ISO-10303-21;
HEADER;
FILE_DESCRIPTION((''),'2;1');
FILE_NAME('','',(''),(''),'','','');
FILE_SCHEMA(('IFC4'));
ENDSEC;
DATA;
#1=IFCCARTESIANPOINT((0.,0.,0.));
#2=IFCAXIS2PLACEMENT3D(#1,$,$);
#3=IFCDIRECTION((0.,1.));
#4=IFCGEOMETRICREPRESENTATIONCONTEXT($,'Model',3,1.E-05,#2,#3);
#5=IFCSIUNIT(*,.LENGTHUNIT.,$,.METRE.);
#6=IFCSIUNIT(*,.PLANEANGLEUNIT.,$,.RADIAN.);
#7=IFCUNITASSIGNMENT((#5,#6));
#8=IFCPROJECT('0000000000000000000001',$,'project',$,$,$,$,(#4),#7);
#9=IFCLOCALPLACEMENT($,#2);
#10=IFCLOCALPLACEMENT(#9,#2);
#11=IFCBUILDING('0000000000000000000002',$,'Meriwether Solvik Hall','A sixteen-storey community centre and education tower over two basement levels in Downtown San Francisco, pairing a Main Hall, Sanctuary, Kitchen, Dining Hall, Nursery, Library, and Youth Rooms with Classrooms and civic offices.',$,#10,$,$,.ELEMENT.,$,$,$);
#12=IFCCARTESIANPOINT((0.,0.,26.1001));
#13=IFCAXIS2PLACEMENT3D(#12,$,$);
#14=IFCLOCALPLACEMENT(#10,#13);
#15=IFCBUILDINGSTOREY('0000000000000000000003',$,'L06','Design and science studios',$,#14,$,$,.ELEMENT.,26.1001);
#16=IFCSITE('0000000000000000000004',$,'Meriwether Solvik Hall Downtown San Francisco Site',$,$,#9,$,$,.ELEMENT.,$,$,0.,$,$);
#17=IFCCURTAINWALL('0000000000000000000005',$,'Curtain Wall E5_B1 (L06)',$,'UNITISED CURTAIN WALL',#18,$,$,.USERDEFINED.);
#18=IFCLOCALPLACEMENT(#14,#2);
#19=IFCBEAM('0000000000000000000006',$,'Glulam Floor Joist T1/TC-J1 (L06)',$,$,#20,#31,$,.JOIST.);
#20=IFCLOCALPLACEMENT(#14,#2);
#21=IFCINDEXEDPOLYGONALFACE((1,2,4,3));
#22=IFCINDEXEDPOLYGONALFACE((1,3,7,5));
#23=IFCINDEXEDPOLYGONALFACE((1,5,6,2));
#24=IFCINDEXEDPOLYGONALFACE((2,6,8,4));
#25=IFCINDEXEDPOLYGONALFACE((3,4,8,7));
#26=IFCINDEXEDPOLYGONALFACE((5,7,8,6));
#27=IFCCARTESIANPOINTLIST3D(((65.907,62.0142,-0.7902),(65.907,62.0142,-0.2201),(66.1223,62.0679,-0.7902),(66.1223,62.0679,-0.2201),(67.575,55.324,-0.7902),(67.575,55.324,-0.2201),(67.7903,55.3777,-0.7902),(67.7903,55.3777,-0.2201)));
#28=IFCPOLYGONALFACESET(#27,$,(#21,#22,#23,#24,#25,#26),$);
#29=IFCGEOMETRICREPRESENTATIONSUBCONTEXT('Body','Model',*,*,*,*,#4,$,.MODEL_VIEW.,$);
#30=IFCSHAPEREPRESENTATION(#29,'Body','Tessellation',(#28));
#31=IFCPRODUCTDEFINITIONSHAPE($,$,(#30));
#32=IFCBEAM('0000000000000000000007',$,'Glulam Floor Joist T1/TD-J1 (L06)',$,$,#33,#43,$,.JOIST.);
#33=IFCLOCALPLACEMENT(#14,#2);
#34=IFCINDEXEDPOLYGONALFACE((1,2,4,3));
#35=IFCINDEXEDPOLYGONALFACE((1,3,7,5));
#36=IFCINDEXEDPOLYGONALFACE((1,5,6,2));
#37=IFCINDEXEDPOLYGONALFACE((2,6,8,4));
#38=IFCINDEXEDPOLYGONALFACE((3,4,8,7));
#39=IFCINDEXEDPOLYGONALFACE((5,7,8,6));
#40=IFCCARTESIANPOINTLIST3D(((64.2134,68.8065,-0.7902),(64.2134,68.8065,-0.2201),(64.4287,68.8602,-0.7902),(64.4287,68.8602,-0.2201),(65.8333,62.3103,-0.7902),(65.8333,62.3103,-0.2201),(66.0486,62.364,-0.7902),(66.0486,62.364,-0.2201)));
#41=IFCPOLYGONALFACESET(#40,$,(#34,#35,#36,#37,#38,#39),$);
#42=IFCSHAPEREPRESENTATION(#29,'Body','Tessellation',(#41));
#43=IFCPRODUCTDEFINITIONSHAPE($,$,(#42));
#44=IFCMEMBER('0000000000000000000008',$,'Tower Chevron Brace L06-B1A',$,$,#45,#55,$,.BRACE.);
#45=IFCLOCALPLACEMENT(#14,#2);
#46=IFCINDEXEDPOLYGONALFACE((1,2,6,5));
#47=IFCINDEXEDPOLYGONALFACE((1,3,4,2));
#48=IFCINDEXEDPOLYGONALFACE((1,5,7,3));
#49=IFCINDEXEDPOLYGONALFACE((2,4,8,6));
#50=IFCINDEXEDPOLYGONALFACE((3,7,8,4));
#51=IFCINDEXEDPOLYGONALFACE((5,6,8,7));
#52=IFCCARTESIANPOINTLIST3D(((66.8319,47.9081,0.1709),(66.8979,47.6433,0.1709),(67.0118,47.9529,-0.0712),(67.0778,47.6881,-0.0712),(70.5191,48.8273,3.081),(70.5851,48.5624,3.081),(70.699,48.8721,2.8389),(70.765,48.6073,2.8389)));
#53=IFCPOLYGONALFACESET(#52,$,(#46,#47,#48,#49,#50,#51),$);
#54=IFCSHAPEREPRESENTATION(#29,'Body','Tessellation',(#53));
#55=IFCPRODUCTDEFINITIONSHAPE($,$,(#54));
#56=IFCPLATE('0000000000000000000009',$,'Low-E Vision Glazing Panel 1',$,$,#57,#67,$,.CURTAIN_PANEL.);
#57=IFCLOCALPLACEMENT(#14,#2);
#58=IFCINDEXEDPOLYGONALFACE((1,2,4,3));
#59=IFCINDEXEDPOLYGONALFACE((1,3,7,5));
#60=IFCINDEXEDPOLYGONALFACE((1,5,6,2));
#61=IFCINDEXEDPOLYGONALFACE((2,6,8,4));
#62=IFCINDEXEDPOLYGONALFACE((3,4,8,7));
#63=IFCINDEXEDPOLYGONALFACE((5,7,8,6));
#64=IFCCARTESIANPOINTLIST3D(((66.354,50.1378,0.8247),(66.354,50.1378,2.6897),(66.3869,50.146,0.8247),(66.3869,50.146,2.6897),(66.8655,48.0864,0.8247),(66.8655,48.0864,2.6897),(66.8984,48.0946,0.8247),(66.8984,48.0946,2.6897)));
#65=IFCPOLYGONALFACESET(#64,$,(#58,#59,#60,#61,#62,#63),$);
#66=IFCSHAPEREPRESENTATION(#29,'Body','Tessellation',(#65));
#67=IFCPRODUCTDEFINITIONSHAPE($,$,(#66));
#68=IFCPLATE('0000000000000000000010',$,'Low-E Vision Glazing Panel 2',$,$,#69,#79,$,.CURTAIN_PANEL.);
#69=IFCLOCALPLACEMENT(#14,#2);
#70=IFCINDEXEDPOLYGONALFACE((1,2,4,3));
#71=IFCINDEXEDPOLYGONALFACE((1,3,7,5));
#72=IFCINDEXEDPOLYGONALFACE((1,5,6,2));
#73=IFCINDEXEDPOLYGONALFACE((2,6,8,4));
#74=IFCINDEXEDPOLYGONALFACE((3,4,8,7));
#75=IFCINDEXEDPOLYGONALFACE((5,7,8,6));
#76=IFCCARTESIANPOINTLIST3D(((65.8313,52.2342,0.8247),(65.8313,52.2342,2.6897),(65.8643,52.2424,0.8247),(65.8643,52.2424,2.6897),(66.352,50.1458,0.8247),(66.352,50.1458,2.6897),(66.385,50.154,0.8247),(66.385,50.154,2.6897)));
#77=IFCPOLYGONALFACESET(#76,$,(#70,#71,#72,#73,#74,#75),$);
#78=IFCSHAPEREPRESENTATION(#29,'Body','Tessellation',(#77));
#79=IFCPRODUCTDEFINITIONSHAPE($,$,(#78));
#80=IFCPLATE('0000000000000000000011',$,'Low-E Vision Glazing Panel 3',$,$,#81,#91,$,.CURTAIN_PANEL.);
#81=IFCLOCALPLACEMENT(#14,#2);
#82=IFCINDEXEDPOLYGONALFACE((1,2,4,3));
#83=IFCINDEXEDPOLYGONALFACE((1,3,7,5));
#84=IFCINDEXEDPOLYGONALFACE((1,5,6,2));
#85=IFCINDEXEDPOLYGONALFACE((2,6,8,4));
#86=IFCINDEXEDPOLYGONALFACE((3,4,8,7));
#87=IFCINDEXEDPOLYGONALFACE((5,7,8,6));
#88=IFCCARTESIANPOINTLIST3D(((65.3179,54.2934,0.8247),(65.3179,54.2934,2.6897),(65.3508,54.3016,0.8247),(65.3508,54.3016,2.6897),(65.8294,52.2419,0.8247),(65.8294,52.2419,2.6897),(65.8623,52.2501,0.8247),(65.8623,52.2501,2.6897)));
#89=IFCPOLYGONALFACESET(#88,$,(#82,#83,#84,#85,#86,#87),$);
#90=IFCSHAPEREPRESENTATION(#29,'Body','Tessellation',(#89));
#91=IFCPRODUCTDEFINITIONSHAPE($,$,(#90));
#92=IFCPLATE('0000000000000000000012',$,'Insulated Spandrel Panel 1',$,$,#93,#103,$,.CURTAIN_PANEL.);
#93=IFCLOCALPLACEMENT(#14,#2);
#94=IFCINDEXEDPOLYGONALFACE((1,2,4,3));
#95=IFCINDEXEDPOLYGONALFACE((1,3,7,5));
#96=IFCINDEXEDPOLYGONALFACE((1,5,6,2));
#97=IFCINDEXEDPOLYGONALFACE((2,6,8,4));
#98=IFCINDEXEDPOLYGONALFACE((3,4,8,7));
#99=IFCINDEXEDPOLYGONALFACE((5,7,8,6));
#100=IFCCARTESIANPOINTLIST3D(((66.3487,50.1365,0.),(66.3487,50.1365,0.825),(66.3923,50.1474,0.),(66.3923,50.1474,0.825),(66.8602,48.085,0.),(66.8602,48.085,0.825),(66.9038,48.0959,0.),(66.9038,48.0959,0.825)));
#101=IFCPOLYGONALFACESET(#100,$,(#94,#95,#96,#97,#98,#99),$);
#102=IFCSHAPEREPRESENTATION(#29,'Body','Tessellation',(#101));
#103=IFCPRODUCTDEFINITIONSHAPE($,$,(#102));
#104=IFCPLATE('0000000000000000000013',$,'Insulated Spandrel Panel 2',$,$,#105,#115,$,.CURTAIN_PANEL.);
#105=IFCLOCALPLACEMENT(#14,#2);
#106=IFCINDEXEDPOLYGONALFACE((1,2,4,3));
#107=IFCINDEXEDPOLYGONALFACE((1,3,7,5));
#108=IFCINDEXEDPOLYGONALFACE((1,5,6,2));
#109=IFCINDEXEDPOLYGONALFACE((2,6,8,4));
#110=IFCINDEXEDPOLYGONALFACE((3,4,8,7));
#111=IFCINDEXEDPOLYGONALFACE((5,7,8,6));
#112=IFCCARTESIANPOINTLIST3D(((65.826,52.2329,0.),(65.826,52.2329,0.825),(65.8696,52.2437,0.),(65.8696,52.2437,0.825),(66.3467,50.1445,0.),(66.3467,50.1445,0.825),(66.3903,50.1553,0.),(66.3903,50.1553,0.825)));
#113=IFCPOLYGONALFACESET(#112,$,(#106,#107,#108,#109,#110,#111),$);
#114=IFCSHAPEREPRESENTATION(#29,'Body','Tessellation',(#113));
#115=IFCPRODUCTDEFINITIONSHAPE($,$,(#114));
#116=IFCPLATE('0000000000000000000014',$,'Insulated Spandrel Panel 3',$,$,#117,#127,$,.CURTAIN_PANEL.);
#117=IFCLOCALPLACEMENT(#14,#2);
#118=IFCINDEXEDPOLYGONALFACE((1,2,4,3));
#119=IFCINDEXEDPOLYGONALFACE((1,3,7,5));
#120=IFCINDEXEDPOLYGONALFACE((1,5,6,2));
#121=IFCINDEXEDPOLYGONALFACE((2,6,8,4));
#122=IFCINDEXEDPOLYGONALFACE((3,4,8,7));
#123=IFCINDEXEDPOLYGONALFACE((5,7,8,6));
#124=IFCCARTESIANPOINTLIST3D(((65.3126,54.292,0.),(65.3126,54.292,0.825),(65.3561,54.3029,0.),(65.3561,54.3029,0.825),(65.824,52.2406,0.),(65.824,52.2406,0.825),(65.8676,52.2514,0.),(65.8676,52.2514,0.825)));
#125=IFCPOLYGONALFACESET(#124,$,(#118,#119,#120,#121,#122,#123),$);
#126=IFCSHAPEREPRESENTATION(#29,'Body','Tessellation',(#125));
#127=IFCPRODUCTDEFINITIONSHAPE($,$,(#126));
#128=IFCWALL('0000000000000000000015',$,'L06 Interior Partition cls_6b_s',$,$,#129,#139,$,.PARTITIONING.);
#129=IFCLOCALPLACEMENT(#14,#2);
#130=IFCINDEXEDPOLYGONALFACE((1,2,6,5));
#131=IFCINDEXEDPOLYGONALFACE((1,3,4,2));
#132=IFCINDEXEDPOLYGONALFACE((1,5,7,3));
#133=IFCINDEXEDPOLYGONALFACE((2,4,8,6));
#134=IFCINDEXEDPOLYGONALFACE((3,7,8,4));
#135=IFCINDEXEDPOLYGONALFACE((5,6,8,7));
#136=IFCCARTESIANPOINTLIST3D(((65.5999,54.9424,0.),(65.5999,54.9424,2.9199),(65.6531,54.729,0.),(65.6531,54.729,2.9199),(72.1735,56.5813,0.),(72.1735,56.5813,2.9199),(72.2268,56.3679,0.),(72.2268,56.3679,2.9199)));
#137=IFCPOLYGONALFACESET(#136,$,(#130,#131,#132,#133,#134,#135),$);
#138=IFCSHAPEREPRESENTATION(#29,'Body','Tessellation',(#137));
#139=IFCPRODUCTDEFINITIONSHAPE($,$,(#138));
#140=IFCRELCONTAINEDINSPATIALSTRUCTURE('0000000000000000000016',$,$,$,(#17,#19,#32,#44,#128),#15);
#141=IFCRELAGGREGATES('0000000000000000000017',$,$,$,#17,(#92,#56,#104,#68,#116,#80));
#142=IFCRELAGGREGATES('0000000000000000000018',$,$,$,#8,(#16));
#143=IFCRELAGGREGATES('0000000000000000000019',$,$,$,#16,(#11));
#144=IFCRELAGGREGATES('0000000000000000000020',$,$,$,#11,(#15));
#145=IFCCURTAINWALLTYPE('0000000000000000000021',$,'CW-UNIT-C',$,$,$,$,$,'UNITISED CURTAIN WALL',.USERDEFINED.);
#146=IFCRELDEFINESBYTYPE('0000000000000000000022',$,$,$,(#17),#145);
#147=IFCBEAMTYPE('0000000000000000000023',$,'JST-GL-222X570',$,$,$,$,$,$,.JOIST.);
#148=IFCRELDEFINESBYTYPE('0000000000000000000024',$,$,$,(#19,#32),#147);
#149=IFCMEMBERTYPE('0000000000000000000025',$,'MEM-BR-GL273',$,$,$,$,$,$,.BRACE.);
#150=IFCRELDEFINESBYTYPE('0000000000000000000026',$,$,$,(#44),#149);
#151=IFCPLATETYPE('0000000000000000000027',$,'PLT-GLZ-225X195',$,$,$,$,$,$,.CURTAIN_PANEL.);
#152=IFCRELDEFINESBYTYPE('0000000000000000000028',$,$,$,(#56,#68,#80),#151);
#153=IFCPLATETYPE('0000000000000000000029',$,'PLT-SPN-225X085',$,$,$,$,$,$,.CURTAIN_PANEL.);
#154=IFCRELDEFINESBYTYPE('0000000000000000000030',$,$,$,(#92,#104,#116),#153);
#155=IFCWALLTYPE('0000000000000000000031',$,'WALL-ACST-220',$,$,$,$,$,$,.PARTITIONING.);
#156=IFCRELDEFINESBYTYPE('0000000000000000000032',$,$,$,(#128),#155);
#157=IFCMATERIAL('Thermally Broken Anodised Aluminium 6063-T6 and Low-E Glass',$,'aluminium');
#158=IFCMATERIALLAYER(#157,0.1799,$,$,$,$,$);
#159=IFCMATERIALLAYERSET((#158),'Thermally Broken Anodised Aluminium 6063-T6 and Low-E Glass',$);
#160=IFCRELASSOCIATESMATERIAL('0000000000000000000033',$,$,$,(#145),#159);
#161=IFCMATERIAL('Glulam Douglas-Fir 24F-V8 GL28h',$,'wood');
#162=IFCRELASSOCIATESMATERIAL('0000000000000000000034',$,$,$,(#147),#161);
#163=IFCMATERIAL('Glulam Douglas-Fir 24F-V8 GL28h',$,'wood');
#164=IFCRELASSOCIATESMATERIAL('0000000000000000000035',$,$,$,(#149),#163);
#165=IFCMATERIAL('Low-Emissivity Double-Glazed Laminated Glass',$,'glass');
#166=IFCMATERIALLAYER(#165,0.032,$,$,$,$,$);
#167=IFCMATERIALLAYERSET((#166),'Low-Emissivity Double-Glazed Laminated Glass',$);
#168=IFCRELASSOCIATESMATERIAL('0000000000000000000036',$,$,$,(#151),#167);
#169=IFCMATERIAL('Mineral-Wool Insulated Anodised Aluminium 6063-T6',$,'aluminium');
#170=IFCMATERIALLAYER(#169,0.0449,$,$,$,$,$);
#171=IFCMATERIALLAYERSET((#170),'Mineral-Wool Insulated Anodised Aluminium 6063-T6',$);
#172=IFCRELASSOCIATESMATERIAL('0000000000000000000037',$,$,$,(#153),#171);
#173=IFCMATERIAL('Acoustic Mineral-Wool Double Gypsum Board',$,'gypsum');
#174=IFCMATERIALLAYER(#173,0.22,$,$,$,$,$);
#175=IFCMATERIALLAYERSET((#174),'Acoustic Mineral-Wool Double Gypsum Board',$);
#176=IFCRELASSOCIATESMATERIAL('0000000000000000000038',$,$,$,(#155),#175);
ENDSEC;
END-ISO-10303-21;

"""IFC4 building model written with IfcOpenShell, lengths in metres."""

from ifc_helpers import new_model, si_unit, direction, frame, frame_2d, origin, origin_2d, place, context, subcontext, project, spatial, rectangle, extrude, material, layer, layer_set, material_profile, profile_set, type_object, element, aggregate, save


model = new_model("IFC4")

# Units and contexts
model_context = context("Model", 3, precision=1e-05, world=origin(), true_north=direction((0.0, 1.0)))
body_context = subcontext(model_context, "Body", "Model", "MODEL_VIEW")
ifc_project = project(units=[si_unit("LENGTHUNIT", "METRE"), si_unit("PLANEANGLEUNIT", "RADIAN")], contexts=[model_context])

# Site, building, storey
site_placement = place(None, origin())
site = spatial("IfcSite", under=ifc_project, at=site_placement, Name="Meriwether Solvik Hall Downtown San Francisco Site", CompositionType="ELEMENT", RefElevation=0.0)
building_placement = place(site_placement, origin())
building = spatial("IfcBuilding", under=site, at=building_placement, Name="Meriwether Solvik Hall", Description="A sixteen-storey community centre and education tower over two basement levels in Downtown San Francisco, pairing a Main Hall, Sanctuary, Kitchen, Dining Hall, Nursery, Library, and Youth Rooms with Classrooms and civic offices.", CompositionType="ELEMENT")
storey_placement = place(building_placement, frame((0.0, 0.0, 26.1001)))
storey = spatial("IfcBuildingStorey", under=building, at=storey_placement, Name="L06", Description="Design and science studios", CompositionType="ELEMENT", Elevation=26.1001)

# Curtain wall
ifc_material_1 = material(Name="Thermally Broken Anodised Aluminium 6063-T6 and Low-E Glass", Category="aluminium")
ifc_layer_1 = layer(ifc_material_1, 0.1799)
ifc_layer_set_1 = layer_set([ifc_layer_1], Name="Thermally Broken Anodised Aluminium 6063-T6 and Low-E Glass")
curtain_wall_type = type_object("IfcCurtainWallType", Name="CW-UNIT-C", ElementType="UNITISED CURTAIN WALL", PredefinedType="USERDEFINED", material=ifc_layer_set_1)
curtain_wall_placement = place(storey_placement, origin())
curtain_wall = element("IfcCurtainWall", 1, at=curtain_wall_placement, inside=storey, type_object=curtain_wall_type, Name="Curtain Wall E5_B1 (L06)", ObjectType="UNITISED CURTAIN WALL", PredefinedType="USERDEFINED")

# Beams
ifc_material_2 = material(Name="Glulam Douglas-Fir 24F-V8 GL28h", Category="wood")
ifc_material_profile_1 = material_profile(ifc_material_2, rectangle(XDim=0.2219, YDim=0.5701, at=origin_2d()), Name="GLJ-222X570")
ifc_profile_set_1 = profile_set([ifc_material_profile_1], Name="Glulam Douglas-Fir 24F-V8 GL28h")
beam_type_1 = type_object("IfcBeamType", Name="JST-GL-222X570", PredefinedType="JOIST", material=ifc_profile_set_1)
beam_1_placement = place(storey_placement, frame((67.6826, 55.3508, -0.5051), z_axis=(-0.241911, 0.970299, 0.0), x_axis=(-0.970299, -0.241911, 0.0)))
element("IfcBeam", 2, at=beam_1_placement, inside=storey, type_object=beam_type_1, Name="Glulam Floor Joist T1/TC-J1 (L06)", PredefinedType="JOIST", context=body_context, shape_type="SweptSolid", body=[
    extrude(rectangle(XDim=0.2219, YDim=0.5701, at=origin_2d()), origin(), (0.0, 0.0, 1.0), 6.895),
])
beam_2_placement = place(storey_placement, frame((65.9409, 62.3372, -0.5051), z_axis=(-0.241952, 0.970288, 0.0), x_axis=(-0.970288, -0.241952, 0.0)))
element("IfcBeam", 3, at=beam_2_placement, inside=storey, type_object=beam_type_1, Name="Glulam Floor Joist T1/TD-J1 (L06)", PredefinedType="JOIST", context=body_context, shape_type="SweptSolid", body=[
    extrude(rectangle(XDim=0.2219, YDim=0.5701, at=origin_2d()), origin(), (0.0, 0.0, 1.0), 6.6951),
])

# Member
ifc_material_3 = material(Name="Glulam Douglas-Fir 24F-V8 GL28h", Category="wood")
ifc_material_profile_2 = material_profile(ifc_material_3, rectangle(XDim=0.2729, YDim=0.3049, at=origin_2d()), Name="GLM-273X305")
ifc_profile_set_2 = profile_set([ifc_material_profile_2], Name="Glulam Douglas-Fir 24F-V8 GL28h")
member_type_1 = type_object("IfcMemberType", Name="MEM-BR-GL273", PredefinedType="BRACE", material=ifc_profile_set_2)
member_1_placement = place(storey_placement, frame((66.9548, 47.7981, 0.0498), z_axis=(0.770358, 0.192041, 0.608003), x_axis=(-0.241886, 0.970305, 0.0)))
element("IfcMember", 4, at=member_1_placement, inside=storey, type_object=member_type_1, Name="Tower Chevron Brace L06-B1A", PredefinedType="BRACE", context=body_context, shape_type="SweptSolid", body=[
    extrude(rectangle(XDim=0.2729, YDim=0.3049, at=origin_2d()), origin(), (0.0, 0.0, 1.0), 4.7864),
])

# Plates
ifc_material_4 = material(Name="Low-Emissivity Double-Glazed Laminated Glass", Category="glass")
ifc_layer_2 = layer(ifc_material_4, 0.032)
ifc_layer_set_2 = layer_set([ifc_layer_2], Name="Low-Emissivity Double-Glazed Laminated Glass")
plate_type_1 = type_object("IfcPlateType", Name="PLT-GLZ-225X195", PredefinedType="CURTAIN_PANEL", material=ifc_layer_set_2)
plate_1_placement = place(storey_placement, frame((66.6262, 49.1162, 0.8247), z_axis=(0.0, 0.0, 1.0), x_axis=(-0.241922, 0.970296, 0.0)))
plate_1 = element("IfcPlate", 5, at=plate_1_placement, type_object=plate_type_1, Name="Low-E Vision Glazing Panel 1", PredefinedType="CURTAIN_PANEL", context=body_context, shape_type="SweptSolid", body=[
    extrude(rectangle(XDim=2.1143, YDim=0.0339, at=origin_2d()), origin(), (0.0, 0.0, 1.0), 1.865),
])
plate_2_placement = place(storey_placement, frame((66.1082, 51.1941, 0.8247), z_axis=(0.0, 0.0, 1.0), x_axis=(-0.241922, 0.970296, 0.0)))
plate_2 = element("IfcPlate", 6, at=plate_2_placement, type_object=plate_type_1, Name="Low-E Vision Glazing Panel 2", PredefinedType="CURTAIN_PANEL", context=body_context, shape_type="SweptSolid", body=[
    extrude(rectangle(XDim=2.1523, YDim=0.0339, at=origin_2d()), origin(), (0.0, 0.0, 1.0), 1.865),
])
plate_3_placement = place(storey_placement, frame((65.5901, 53.2717, 0.8247), z_axis=(0.0, 0.0, 1.0), x_axis=(-0.241922, 0.970296, 0.0)))
plate_3 = element("IfcPlate", 7, at=plate_3_placement, type_object=plate_type_1, Name="Low-E Vision Glazing Panel 3", PredefinedType="CURTAIN_PANEL", context=body_context, shape_type="SweptSolid", body=[
    extrude(rectangle(XDim=2.1143, YDim=0.0339, at=origin_2d()), origin(), (0.0, 0.0, 1.0), 1.865),
])
ifc_material_5 = material(Name="Mineral-Wool Insulated Anodised Aluminium 6063-T6", Category="aluminium")
ifc_layer_3 = layer(ifc_material_5, 0.0449)
ifc_layer_set_3 = layer_set([ifc_layer_3], Name="Mineral-Wool Insulated Anodised Aluminium 6063-T6")
plate_type_2 = type_object("IfcPlateType", Name="PLT-SPN-225X085", PredefinedType="CURTAIN_PANEL", material=ifc_layer_set_3)
plate_4_placement = place(storey_placement, frame((66.6262, 49.1162, 0.0), z_axis=(0.0, 0.0, 1.0), x_axis=(-0.241922, 0.970296, 0.0)))
plate_4 = element("IfcPlate", 8, at=plate_4_placement, type_object=plate_type_2, Name="Insulated Spandrel Panel 1", PredefinedType="CURTAIN_PANEL", context=body_context, shape_type="SweptSolid", body=[
    extrude(rectangle(XDim=2.1143, YDim=0.0449, at=origin_2d()), origin(), (0.0, 0.0, 1.0), 0.825),
])
plate_5_placement = place(storey_placement, frame((66.1082, 51.1941, 0.0), z_axis=(0.0, 0.0, 1.0), x_axis=(-0.241922, 0.970296, 0.0)))
plate_5 = element("IfcPlate", 9, at=plate_5_placement, type_object=plate_type_2, Name="Insulated Spandrel Panel 2", PredefinedType="CURTAIN_PANEL", context=body_context, shape_type="SweptSolid", body=[
    extrude(rectangle(XDim=2.1523, YDim=0.0449, at=origin_2d()), origin(), (0.0, 0.0, 1.0), 0.825),
])
plate_6_placement = place(storey_placement, frame((65.5901, 53.2717, 0.0), z_axis=(0.0, 0.0, 1.0), x_axis=(-0.241922, 0.970296, 0.0)))
plate_6 = element("IfcPlate", 10, at=plate_6_placement, type_object=plate_type_2, Name="Insulated Spandrel Panel 3", PredefinedType="CURTAIN_PANEL", context=body_context, shape_type="SweptSolid", body=[
    extrude(rectangle(XDim=2.1143, YDim=0.0449, at=origin_2d()), origin(), (0.0, 0.0, 1.0), 0.825),
])
aggregate(curtain_wall, [plate_4, plate_1, plate_5, plate_2, plate_6, plate_3])

# Wall
ifc_material_6 = material(Name="Acoustic Mineral-Wool Double Gypsum Board", Category="gypsum")
ifc_layer_4 = layer(ifc_material_6, 0.22)
ifc_layer_set_4 = layer_set([ifc_layer_4], Name="Acoustic Mineral-Wool Double Gypsum Board")
wall_type = type_object("IfcWallType", Name="WALL-ACST-220", PredefinedType="PARTITIONING", material=ifc_layer_set_4)
wall_placement = place(storey_placement, frame((65.6265, 54.8357, 0.0), z_axis=(0.0, 0.0, 1.0), x_axis=(0.970299, 0.241908, 0.0)))
element("IfcWall", 11, at=wall_placement, inside=storey, type_object=wall_type, Name="L06 Interior Partition cls_6b_s", PredefinedType="PARTITIONING", context=body_context, shape_type="SweptSolid", body=[
    extrude(rectangle(XDim=6.7749, YDim=0.22, at=frame_2d((3.3875, 0.0))), origin(), (0.0, 0.0, 1.0), 2.9199),
])

save(model, "model.ifc")
